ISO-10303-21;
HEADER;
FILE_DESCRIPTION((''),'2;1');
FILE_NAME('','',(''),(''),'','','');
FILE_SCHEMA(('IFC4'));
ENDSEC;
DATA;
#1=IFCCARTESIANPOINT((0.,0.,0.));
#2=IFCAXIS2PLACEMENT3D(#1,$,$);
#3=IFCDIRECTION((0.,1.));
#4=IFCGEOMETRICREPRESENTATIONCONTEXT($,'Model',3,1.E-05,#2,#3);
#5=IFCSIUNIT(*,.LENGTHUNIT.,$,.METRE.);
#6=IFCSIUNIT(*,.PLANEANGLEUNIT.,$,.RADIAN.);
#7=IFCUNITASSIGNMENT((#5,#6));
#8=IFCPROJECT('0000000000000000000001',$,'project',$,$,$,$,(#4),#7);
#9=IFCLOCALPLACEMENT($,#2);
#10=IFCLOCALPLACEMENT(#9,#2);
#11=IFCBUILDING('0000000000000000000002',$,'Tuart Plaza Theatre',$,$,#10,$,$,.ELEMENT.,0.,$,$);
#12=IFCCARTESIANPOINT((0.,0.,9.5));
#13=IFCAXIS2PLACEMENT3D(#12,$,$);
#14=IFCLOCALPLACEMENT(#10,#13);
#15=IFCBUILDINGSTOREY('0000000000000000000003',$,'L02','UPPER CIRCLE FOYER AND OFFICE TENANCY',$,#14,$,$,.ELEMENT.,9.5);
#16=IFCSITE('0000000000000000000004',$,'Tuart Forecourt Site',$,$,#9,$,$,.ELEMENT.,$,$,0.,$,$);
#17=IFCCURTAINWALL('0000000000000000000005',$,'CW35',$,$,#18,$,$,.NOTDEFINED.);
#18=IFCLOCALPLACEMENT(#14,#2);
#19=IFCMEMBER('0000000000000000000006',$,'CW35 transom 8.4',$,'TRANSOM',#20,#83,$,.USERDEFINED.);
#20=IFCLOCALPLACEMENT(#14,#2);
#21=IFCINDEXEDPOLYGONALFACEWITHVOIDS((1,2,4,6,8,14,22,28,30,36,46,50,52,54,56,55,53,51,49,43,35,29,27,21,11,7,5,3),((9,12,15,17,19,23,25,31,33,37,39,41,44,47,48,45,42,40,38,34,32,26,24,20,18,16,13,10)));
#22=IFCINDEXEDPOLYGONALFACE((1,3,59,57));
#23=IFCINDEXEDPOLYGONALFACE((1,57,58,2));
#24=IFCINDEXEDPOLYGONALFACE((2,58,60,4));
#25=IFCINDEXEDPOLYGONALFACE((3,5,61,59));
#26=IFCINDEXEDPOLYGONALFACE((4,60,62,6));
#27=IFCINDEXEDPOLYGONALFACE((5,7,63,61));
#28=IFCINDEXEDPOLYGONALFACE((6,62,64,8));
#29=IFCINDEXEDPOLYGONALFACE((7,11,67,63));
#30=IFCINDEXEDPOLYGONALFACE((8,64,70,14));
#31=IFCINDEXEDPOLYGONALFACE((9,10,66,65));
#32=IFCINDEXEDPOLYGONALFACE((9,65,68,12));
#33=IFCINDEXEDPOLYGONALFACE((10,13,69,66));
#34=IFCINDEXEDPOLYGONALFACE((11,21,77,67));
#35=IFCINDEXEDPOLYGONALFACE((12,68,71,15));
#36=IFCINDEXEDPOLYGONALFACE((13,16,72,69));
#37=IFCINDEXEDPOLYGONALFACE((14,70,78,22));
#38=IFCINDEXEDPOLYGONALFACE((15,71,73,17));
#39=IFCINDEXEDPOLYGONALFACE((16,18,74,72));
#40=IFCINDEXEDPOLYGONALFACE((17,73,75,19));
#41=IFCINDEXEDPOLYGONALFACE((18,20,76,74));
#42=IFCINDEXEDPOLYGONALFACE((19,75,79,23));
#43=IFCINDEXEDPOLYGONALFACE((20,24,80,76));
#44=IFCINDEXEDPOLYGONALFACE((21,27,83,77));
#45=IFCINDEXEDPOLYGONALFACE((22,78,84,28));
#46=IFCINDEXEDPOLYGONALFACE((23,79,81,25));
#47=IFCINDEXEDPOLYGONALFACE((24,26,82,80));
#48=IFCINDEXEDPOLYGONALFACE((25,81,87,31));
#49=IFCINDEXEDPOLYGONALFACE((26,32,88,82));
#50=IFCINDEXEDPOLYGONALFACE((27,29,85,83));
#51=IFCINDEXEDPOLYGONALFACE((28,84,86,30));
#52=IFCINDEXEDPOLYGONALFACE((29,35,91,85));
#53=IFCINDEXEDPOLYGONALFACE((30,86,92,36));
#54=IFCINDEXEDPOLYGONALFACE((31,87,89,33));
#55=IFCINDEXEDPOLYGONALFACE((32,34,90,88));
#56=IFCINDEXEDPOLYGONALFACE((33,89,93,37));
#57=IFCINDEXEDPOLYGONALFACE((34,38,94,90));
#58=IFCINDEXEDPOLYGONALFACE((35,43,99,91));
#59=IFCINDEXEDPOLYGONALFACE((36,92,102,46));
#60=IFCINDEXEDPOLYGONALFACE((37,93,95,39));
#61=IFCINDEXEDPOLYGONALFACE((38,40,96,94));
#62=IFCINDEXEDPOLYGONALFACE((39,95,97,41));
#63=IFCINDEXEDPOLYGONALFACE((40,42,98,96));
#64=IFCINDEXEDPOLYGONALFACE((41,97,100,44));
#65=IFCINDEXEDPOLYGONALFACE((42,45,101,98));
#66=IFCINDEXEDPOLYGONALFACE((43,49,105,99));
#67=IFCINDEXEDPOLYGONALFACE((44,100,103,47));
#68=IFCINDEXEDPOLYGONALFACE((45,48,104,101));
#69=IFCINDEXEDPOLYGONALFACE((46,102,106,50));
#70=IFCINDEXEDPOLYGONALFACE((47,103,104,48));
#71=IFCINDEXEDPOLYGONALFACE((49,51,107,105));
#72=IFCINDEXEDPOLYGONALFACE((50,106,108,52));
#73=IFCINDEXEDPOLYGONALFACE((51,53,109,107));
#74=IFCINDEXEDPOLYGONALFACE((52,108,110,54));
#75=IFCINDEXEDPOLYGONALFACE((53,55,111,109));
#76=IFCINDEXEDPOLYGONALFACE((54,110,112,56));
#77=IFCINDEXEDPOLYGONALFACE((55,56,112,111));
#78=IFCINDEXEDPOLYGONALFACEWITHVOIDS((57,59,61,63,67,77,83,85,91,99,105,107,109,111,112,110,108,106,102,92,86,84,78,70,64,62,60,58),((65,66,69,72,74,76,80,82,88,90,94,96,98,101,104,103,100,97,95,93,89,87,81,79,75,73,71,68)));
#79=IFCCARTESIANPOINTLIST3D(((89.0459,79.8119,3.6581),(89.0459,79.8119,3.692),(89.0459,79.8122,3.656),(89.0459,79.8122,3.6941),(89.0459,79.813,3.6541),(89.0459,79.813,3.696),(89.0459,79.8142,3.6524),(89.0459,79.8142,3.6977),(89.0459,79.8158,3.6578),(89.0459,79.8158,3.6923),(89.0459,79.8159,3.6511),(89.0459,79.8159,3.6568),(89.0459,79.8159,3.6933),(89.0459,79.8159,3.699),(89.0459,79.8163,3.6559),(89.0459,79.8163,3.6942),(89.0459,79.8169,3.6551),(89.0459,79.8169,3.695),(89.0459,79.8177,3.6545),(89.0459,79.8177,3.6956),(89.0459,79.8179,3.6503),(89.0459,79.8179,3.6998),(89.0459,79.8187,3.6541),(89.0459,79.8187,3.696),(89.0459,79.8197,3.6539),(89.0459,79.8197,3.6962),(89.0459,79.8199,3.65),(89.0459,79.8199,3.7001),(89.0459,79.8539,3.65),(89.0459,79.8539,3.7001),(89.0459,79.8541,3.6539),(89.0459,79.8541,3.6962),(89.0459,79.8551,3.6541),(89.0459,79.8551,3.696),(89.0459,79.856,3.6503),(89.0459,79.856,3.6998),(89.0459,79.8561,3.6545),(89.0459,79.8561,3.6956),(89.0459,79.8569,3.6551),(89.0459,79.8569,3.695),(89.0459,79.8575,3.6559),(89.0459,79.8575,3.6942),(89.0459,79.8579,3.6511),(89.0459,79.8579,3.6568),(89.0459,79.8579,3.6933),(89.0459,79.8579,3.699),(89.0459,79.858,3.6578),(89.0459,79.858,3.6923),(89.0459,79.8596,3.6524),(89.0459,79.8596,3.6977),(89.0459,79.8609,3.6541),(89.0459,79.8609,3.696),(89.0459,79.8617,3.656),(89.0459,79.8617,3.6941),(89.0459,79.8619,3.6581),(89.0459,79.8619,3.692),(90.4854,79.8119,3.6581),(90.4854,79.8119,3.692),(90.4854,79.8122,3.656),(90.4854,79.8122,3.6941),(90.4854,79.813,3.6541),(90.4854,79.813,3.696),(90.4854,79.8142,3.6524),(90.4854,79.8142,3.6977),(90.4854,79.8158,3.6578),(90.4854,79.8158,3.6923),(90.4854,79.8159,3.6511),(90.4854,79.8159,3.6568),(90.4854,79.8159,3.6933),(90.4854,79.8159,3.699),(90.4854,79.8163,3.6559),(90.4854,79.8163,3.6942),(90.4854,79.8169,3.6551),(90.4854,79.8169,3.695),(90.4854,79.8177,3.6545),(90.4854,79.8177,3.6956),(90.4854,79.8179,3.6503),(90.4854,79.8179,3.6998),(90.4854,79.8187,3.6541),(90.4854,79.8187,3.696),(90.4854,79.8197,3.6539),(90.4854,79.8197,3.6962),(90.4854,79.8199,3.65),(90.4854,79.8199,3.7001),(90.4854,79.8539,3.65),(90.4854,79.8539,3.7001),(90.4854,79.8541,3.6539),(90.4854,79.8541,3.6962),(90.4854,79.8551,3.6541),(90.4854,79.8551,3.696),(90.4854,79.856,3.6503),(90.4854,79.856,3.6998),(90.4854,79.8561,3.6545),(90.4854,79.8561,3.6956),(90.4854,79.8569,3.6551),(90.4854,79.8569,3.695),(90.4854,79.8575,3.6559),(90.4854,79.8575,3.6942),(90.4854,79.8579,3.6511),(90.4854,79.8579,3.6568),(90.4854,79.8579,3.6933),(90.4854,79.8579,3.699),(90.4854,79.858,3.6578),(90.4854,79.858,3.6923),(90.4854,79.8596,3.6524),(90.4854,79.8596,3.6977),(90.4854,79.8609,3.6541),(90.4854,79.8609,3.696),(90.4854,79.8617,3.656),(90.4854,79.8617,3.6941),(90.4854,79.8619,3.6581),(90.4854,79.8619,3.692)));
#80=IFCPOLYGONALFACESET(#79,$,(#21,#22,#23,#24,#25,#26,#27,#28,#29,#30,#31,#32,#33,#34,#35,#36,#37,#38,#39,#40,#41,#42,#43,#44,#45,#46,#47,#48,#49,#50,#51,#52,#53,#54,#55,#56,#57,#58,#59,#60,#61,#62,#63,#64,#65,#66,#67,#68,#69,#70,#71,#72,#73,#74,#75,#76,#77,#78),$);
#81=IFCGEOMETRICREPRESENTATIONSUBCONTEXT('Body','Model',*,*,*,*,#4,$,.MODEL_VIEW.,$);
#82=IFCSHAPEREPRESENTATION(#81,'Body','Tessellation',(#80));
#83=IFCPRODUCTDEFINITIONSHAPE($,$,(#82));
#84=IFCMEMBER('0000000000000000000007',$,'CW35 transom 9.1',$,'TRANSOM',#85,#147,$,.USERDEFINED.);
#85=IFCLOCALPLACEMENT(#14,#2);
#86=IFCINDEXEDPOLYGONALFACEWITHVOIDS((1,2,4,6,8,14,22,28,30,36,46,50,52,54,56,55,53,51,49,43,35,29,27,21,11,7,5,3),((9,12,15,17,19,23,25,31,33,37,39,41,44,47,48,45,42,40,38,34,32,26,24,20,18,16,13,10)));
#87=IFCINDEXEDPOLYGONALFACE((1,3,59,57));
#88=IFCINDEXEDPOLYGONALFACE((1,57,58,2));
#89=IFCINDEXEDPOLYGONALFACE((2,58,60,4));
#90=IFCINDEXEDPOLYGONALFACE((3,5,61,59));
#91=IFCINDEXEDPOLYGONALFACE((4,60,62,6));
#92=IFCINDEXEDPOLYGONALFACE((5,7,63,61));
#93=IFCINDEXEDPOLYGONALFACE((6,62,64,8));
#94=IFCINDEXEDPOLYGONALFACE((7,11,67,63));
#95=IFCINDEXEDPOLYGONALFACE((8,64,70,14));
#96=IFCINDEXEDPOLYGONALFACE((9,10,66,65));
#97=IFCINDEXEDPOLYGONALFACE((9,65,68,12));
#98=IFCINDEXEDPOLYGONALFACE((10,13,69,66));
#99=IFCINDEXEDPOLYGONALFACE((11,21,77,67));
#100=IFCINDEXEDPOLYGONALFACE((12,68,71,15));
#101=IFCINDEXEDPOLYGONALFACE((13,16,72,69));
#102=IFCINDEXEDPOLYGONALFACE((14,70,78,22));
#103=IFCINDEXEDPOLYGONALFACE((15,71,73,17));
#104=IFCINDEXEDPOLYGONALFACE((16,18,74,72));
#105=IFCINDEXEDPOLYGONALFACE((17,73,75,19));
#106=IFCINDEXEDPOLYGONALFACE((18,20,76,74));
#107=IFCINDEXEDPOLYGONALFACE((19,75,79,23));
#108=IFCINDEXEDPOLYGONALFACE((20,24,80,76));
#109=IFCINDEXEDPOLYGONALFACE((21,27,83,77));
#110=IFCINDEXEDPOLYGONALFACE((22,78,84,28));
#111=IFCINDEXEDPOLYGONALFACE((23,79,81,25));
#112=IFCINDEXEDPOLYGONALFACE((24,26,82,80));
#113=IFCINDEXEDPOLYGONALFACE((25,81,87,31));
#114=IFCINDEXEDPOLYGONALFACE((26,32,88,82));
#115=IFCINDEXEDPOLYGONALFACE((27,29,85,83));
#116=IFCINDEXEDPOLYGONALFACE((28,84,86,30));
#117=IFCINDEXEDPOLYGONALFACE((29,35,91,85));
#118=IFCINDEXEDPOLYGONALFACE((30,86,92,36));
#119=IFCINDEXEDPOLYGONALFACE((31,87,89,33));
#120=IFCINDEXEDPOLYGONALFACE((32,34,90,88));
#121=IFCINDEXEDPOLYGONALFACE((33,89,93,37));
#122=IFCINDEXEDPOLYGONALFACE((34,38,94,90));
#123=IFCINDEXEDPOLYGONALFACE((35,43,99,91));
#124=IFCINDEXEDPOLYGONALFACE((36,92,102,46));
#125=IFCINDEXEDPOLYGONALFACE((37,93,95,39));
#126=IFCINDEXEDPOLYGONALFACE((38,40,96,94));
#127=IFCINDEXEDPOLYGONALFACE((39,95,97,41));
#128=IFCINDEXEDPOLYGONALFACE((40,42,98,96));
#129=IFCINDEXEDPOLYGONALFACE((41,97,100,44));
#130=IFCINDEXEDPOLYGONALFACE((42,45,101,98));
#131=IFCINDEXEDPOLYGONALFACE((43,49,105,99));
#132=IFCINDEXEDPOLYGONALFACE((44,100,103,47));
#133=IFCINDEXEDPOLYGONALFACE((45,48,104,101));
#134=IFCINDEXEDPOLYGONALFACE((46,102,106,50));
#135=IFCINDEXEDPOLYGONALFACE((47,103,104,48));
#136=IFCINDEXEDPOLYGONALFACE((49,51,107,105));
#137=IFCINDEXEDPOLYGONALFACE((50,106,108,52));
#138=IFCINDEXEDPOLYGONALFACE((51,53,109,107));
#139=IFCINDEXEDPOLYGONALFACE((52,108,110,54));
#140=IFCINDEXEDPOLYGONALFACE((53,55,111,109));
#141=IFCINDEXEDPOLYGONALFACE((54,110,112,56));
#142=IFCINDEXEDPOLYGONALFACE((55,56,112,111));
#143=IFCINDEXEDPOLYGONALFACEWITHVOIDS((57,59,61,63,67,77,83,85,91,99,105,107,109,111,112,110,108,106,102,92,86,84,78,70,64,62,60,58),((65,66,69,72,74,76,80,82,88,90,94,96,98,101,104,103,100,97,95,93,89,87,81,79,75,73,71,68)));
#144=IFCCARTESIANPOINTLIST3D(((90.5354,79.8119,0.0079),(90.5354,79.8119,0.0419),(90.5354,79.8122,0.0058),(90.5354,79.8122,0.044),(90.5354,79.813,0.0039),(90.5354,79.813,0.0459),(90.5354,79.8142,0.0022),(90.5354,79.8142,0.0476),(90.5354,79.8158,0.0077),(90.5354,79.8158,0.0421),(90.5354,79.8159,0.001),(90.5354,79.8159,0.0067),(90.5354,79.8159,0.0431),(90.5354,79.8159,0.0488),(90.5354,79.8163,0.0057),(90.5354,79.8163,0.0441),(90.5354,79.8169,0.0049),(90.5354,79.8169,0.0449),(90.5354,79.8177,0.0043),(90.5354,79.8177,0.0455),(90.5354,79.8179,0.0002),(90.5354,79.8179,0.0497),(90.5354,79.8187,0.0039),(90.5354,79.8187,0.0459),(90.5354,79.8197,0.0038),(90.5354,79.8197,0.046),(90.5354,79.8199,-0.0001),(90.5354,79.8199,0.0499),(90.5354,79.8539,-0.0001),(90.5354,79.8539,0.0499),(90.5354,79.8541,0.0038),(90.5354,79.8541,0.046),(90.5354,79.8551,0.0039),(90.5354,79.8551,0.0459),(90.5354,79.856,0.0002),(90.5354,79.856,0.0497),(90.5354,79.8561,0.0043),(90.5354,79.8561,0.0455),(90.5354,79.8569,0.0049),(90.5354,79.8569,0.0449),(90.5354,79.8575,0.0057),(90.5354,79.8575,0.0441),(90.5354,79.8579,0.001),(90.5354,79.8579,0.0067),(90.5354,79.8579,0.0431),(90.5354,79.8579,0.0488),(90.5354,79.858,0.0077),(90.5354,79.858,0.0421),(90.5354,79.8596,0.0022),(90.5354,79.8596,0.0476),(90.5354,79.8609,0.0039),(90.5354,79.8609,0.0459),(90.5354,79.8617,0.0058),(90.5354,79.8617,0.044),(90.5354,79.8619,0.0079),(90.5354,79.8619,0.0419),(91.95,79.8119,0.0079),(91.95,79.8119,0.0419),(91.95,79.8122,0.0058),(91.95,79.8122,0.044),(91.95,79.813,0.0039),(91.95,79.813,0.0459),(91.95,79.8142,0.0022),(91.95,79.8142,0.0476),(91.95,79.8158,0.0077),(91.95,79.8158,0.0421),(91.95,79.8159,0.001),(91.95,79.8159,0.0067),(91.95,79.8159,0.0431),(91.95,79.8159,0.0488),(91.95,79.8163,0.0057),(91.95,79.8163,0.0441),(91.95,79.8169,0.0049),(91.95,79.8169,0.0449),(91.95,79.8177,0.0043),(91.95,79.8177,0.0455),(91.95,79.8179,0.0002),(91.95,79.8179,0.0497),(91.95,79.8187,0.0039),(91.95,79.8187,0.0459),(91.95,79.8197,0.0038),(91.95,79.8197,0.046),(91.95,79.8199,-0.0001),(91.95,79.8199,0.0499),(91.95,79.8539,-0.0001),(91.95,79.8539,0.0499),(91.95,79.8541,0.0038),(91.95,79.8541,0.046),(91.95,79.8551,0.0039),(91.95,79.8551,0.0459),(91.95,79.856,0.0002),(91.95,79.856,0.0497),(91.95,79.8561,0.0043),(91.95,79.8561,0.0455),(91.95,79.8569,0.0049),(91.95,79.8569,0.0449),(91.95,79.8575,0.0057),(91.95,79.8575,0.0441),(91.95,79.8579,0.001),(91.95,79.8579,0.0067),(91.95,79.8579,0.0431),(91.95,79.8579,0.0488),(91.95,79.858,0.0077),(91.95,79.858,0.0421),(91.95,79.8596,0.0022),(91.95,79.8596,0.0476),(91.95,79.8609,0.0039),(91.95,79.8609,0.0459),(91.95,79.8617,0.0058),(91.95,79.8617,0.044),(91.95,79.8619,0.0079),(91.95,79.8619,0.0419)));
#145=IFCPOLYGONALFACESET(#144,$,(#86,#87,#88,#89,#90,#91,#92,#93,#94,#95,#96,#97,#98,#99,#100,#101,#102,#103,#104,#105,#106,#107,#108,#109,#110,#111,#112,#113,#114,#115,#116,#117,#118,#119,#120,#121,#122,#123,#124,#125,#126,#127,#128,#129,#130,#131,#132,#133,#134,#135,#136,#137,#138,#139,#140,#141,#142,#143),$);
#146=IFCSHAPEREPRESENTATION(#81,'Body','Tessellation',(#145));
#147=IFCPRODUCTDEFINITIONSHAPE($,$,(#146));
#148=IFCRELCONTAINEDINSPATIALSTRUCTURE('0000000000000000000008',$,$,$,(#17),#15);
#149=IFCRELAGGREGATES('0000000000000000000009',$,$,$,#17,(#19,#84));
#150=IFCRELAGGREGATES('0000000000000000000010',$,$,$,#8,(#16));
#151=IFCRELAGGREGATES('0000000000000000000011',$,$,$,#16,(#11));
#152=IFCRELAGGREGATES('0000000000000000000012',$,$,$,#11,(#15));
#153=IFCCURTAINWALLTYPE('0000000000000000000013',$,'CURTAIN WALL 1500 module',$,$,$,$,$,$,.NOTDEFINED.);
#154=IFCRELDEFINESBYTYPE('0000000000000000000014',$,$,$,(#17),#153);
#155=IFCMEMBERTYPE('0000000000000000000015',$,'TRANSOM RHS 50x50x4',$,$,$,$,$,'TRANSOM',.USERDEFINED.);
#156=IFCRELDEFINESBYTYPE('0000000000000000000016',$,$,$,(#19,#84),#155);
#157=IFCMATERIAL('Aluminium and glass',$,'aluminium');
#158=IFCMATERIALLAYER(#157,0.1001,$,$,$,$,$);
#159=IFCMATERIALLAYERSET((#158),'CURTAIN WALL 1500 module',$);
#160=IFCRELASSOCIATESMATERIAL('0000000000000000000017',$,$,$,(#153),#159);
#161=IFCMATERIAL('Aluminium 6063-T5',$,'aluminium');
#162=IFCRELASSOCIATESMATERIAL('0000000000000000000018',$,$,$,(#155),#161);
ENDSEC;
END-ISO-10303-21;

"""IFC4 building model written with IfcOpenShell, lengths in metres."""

from ifc_helpers import new_model, si_unit, direction, frame, origin, origin_2d, place, context, subcontext, project, spatial, hollow_rectangle, extrude, material, layer, layer_set, material_profile, profile_set, type_object, element, aggregate, save


model = new_model("IFC4")

# Units and contexts
model_context = context("Model", 3, precision=1e-05, world=origin(), true_north=direction((0.0, 1.0)))
body_context = subcontext(model_context, "Body", "Model", "MODEL_VIEW")
ifc_project = project(units=[si_unit("LENGTHUNIT", "METRE"), si_unit("PLANEANGLEUNIT", "RADIAN")], contexts=[model_context])

# Site, building, storey
site_placement = place(None, origin())
site = spatial("IfcSite", under=ifc_project, at=site_placement, Name="Tuart Forecourt Site", CompositionType="ELEMENT", RefElevation=0.0)
building_placement = place(site_placement, origin())
building = spatial("IfcBuilding", under=site, at=building_placement, Name="Tuart Plaza Theatre", CompositionType="ELEMENT", ElevationOfRefHeight=0.0)
storey_placement = place(building_placement, frame((0.0, 0.0, 9.5)))
storey = spatial("IfcBuildingStorey", under=building, at=storey_placement, Name="L02", Description="UPPER CIRCLE FOYER AND OFFICE TENANCY", CompositionType="ELEMENT", Elevation=9.5)

# Curtain wall, members
ifc_material_1 = material(Name="Aluminium and glass", Category="aluminium")
ifc_layer_1 = layer(ifc_material_1, 0.1001)
ifc_layer_set_1 = layer_set([ifc_layer_1], Name="CURTAIN WALL 1500 module")
curtain_wall_type = type_object("IfcCurtainWallType", Name="CURTAIN WALL 1500 module", PredefinedType="NOTDEFINED", material=ifc_layer_set_1)
curtain_wall_placement = place(storey_placement, origin())
curtain_wall = element("IfcCurtainWall", 1, at=curtain_wall_placement, inside=storey, type_object=curtain_wall_type, Name="CW35", PredefinedType="NOTDEFINED")
ifc_material_2 = material(Name="Aluminium 6063-T5", Category="aluminium")
ifc_material_profile_1 = material_profile(ifc_material_2, hollow_rectangle(XDim=0.05, YDim=0.05, WallThickness=0.0039, InnerFilletRadius=0.0039, OuterFilletRadius=0.0081, at=origin_2d()), Name="RHS 50x50x4")
ifc_profile_set_1 = profile_set([ifc_material_profile_1], Name="Aluminium 6063-T5")
member_type_1 = type_object("IfcMemberType", Name="TRANSOM RHS 50x50x4", ElementType="TRANSOM", PredefinedType="USERDEFINED", material=ifc_profile_set_1)
member_1_placement = place(storey_placement, frame((89.0459, 79.8369, 3.675), z_axis=(1.0, 0.0, 0.0), x_axis=(0.0, 1.0, 0.0)))
member_1 = element("IfcMember", 2, at=member_1_placement, type_object=member_type_1, Name="CW35 transom 8.4", ObjectType="TRANSOM", PredefinedType="USERDEFINED", context=body_context, shape_type="SweptSolid", body=[
    extrude(hollow_rectangle(XDim=0.05, YDim=0.05, WallThickness=0.0039, InnerFilletRadius=0.0039, OuterFilletRadius=0.0081, at=origin_2d()), origin(), (0.0, 0.0, 1.0), 1.4395),
])
member_2_placement = place(storey_placement, frame((90.5354, 79.8369, 0.0249), z_axis=(1.0, 0.0, 0.0), x_axis=(0.0, 1.0, 0.0)))
member_2 = element("IfcMember", 3, at=member_2_placement, type_object=member_type_1, Name="CW35 transom 9.1", ObjectType="TRANSOM", PredefinedType="USERDEFINED", context=body_context, shape_type="SweptSolid", body=[
    extrude(hollow_rectangle(XDim=0.05, YDim=0.05, WallThickness=0.0039, InnerFilletRadius=0.0039, OuterFilletRadius=0.0081, at=origin_2d()), origin(), (0.0, 0.0, 1.0), 1.4146),
])
aggregate(curtain_wall, [member_1, member_2])

save(model, "model.ifc")
